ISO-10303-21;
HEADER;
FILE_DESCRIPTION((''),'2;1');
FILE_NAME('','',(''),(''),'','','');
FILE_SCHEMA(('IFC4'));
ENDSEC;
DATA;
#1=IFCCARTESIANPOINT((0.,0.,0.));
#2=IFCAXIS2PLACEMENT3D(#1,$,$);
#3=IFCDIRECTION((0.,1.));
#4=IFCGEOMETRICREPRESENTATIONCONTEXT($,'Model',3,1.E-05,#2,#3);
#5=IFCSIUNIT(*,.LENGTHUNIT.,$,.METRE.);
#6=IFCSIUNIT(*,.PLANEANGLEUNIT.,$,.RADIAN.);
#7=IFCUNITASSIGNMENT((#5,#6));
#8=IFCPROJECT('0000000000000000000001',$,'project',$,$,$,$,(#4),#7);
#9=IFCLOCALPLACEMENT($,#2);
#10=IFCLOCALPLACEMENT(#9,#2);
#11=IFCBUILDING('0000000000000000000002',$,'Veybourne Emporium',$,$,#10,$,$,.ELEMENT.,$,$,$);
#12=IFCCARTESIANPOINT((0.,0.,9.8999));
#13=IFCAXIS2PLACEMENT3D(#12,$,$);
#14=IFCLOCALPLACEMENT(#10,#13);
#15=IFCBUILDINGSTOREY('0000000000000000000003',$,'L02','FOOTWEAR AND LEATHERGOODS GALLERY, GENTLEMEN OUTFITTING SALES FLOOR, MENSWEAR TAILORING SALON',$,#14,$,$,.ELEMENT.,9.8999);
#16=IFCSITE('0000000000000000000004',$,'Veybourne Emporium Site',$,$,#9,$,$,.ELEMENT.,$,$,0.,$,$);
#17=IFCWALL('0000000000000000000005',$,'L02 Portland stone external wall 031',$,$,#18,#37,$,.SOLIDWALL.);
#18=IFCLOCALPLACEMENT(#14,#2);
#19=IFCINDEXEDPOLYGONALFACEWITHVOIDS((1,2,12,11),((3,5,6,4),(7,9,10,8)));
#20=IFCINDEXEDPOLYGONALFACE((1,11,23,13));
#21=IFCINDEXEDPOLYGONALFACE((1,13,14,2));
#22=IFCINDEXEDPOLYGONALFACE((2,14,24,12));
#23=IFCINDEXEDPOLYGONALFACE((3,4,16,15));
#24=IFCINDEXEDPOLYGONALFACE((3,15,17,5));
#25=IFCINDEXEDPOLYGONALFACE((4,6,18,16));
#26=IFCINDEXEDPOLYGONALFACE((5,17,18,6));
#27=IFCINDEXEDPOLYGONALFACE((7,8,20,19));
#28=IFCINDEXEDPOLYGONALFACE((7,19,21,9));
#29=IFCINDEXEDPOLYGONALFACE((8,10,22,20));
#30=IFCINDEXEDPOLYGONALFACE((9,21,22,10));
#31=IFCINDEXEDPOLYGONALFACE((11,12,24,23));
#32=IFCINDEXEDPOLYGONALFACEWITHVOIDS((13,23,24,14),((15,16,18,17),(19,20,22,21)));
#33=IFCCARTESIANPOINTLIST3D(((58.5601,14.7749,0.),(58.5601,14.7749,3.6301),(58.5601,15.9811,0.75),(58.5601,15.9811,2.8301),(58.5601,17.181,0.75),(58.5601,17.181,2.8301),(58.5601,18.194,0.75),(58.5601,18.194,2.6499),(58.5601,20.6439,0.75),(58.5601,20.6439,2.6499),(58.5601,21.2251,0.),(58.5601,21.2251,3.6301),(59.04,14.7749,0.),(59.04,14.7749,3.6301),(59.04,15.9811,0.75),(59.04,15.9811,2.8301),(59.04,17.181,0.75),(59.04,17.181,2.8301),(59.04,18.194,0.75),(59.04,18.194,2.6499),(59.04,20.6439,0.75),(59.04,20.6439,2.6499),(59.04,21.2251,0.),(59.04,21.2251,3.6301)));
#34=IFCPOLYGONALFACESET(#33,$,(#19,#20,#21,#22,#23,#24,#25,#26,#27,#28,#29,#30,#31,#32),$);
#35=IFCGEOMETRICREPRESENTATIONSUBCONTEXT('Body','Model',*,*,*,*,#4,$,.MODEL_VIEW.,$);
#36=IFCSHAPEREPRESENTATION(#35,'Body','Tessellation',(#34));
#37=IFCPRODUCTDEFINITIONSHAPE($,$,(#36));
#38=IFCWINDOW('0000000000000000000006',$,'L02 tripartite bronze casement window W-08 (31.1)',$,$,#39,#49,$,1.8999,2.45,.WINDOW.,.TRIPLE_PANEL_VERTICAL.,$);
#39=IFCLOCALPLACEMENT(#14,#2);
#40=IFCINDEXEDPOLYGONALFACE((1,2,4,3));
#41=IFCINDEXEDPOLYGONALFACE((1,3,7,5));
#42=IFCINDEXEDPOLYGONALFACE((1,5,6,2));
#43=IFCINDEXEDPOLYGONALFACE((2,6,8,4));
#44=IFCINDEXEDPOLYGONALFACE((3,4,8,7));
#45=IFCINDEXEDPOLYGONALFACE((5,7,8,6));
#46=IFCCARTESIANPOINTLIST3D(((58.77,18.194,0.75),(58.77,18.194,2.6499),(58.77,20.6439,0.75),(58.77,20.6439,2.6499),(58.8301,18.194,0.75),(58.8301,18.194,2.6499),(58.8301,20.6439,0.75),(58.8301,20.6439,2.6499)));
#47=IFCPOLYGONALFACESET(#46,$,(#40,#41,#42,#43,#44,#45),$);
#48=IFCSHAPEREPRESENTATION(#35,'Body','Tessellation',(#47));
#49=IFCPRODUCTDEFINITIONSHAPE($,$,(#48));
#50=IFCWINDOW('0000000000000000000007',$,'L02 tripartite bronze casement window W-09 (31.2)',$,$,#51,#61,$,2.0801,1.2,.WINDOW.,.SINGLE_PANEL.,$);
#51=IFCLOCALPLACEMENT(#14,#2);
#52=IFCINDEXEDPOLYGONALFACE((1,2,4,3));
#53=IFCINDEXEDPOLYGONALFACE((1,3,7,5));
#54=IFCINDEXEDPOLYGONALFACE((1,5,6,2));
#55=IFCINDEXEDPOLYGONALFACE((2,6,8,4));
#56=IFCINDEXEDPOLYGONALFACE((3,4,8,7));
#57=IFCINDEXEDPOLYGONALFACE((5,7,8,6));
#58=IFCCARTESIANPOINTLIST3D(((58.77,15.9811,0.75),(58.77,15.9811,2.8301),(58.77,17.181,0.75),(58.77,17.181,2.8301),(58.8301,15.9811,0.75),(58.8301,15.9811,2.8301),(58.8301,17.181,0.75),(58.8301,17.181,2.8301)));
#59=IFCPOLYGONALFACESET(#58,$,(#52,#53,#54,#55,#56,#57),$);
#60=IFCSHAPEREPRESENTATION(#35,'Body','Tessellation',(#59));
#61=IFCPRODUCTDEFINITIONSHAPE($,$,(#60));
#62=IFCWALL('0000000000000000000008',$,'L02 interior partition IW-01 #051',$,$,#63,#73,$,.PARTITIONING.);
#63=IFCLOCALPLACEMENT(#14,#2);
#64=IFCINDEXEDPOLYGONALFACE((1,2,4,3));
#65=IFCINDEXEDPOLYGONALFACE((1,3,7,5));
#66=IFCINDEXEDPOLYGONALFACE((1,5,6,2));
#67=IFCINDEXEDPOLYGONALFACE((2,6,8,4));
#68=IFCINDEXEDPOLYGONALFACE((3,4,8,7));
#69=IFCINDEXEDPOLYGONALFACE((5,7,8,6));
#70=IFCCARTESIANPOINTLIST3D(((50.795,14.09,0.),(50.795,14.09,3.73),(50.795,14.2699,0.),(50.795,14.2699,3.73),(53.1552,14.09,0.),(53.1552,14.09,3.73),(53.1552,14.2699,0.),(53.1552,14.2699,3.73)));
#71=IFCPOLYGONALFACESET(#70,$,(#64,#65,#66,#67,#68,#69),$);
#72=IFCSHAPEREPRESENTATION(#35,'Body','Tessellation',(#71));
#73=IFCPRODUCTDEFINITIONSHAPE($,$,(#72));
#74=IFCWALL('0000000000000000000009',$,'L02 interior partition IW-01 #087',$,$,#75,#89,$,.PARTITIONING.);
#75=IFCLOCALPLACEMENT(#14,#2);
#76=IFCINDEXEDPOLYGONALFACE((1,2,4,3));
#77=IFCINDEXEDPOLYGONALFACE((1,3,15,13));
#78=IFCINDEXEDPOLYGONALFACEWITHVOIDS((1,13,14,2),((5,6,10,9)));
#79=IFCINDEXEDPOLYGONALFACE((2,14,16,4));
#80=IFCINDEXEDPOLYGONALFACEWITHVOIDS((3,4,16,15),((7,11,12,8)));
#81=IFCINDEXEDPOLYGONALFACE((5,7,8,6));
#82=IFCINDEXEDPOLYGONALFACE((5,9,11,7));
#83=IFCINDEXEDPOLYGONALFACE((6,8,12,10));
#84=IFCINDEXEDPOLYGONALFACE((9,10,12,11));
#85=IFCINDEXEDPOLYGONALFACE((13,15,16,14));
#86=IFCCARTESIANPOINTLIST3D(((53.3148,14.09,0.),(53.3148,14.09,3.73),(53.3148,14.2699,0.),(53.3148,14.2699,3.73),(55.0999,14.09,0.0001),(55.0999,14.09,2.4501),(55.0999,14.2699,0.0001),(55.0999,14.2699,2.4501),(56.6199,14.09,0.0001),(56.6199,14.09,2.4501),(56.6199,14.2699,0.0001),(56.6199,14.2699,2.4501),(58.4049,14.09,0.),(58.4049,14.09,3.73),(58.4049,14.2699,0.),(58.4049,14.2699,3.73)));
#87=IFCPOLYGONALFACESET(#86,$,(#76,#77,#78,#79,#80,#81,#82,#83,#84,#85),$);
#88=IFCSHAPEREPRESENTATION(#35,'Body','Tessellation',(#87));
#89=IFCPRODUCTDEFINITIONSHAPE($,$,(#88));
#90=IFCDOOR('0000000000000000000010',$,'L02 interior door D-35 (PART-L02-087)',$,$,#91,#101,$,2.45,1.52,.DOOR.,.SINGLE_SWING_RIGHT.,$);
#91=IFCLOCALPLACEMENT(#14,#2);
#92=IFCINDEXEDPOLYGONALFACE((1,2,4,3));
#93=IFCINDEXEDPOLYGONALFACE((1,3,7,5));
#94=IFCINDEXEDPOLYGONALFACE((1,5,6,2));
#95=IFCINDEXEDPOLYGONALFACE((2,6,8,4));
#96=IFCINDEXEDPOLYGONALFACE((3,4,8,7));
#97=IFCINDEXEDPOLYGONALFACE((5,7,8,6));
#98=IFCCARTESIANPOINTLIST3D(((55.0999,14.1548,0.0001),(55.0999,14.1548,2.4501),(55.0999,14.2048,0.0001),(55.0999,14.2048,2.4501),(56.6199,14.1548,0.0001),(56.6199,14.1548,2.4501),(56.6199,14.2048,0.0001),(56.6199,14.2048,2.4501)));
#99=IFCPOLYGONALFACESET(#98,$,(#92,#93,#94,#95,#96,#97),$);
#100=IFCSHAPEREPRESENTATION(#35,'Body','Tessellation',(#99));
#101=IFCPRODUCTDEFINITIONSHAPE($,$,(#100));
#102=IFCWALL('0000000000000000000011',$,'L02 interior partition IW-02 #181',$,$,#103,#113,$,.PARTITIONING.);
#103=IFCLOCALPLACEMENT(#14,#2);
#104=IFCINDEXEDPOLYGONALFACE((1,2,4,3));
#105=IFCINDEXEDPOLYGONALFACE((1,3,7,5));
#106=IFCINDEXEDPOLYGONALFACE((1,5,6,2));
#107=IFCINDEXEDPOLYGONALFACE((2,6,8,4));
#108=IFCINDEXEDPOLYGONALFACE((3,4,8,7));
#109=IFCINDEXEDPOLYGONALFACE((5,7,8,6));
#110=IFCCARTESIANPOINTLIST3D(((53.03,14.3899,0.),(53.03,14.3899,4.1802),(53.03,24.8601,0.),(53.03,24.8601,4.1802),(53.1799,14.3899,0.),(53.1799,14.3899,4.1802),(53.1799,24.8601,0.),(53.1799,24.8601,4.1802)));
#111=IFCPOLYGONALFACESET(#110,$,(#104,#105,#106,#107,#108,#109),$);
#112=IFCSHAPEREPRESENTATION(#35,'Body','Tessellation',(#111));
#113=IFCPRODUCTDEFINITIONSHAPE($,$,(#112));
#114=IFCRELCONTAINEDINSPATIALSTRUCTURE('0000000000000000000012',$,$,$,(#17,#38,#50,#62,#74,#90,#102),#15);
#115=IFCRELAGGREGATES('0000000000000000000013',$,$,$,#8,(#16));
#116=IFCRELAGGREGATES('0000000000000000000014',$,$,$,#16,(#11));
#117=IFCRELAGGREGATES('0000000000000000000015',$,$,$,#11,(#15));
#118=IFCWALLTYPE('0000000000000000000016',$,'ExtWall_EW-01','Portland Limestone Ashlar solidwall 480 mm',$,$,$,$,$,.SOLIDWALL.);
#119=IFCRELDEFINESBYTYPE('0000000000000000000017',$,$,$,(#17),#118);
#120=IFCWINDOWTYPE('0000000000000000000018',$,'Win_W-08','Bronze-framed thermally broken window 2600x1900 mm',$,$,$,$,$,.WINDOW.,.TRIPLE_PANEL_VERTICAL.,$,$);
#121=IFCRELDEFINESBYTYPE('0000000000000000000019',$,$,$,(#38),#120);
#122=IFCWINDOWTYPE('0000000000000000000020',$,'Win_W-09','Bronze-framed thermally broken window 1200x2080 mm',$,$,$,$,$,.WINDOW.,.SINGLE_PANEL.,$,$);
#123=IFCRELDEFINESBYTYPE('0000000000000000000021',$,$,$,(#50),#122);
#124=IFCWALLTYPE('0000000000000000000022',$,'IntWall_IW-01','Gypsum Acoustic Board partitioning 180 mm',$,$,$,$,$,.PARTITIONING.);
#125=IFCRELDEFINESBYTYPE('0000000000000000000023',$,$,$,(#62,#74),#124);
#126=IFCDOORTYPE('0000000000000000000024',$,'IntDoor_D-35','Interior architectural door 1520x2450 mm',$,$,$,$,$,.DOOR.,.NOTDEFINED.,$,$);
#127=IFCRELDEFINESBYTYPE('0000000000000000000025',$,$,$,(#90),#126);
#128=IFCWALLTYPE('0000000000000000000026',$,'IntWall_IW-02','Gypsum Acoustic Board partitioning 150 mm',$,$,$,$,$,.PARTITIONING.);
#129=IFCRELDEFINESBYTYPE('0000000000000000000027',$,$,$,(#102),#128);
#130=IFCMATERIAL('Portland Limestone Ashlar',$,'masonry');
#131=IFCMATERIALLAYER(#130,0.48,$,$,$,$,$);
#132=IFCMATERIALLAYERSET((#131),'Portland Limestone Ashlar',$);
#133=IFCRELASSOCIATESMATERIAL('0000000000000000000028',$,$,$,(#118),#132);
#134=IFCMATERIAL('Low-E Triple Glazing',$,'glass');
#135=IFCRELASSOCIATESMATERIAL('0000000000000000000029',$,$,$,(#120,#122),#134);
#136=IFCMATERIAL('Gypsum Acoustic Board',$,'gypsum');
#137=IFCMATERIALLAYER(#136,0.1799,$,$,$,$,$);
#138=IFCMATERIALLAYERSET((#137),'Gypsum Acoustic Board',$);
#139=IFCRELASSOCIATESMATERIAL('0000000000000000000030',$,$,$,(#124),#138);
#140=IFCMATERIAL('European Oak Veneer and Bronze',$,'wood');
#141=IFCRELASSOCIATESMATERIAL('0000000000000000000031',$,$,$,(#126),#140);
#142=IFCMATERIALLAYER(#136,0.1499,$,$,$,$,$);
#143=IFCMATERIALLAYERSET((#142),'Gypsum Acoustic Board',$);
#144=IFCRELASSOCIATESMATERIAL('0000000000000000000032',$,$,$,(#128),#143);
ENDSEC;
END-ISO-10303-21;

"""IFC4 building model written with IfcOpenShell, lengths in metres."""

from ifc_helpers import new_model, si_unit, direction, frame, frame_2d, origin, place, context, subcontext, project, spatial, rectangle, extrude, material, layer, layer_set, type_object, element, fill, save


model = new_model("IFC4")

# Units and contexts
model_context = context("Model", 3, precision=1e-05, world=origin(), true_north=direction((0.0, 1.0)))
body_context = subcontext(model_context, "Body", "Model", "MODEL_VIEW")
ifc_project = project(units=[si_unit("LENGTHUNIT", "METRE"), si_unit("PLANEANGLEUNIT", "RADIAN")], contexts=[model_context])

# Site, building, storey
site_placement = place(None, origin())
site = spatial("IfcSite", under=ifc_project, at=site_placement, Name="Veybourne Emporium Site", CompositionType="ELEMENT", RefElevation=0.0)
building_placement = place(site_placement, origin())
building = spatial("IfcBuilding", under=site, at=building_placement, Name="Veybourne Emporium", CompositionType="ELEMENT")
storey_placement = place(building_placement, frame((0.0, 0.0, 9.8999)))
storey = spatial("IfcBuildingStorey", under=building, at=storey_placement, Name="L02", Description="FOOTWEAR AND LEATHERGOODS GALLERY, GENTLEMEN OUTFITTING SALES FLOOR, MENSWEAR TAILORING SALON", CompositionType="ELEMENT", Elevation=9.8999)

# Wall, openings, windows
ifc_material_1 = material(Name="Portland Limestone Ashlar", Category="masonry")
ifc_layer_1 = layer(ifc_material_1, 0.48)
ifc_layer_set_1 = layer_set([ifc_layer_1], Name="Portland Limestone Ashlar")
wall_type_1 = type_object("IfcWallType", Name="ExtWall_EW-01", Description="Portland Limestone Ashlar solidwall 480 mm", PredefinedType="SOLIDWALL", material=ifc_layer_set_1)
wall_1_placement = place(storey_placement, frame((58.8, 21.2251, 0.0), z_axis=(0.0, 0.0, 1.0), x_axis=(0.0, -1.0, 0.0)))
wall_1 = element("IfcWall", 1, at=wall_1_placement, inside=storey, type_object=wall_type_1, Name="L02 Portland stone external wall 031", PredefinedType="SOLIDWALL", context=body_context, shape_type="SweptSolid", body=[
    extrude(rectangle(XDim=6.4502, YDim=0.48, at=frame_2d((3.2251, 0.0))), origin(), (0.0, 0.0, 1.0), 3.6301),
])
opening_1_placement = place(wall_1_placement, frame((0.5811, 0.0, 0.75)))
opening_1 = element("IfcOpeningElement", 2, at=opening_1_placement, cuts=wall_1, PredefinedType="OPENING", context=body_context, shape_type="SweptSolid", body=[
    extrude(rectangle(XDim=2.45, YDim=1.8999, at=frame_2d((1.2251, 0.95))), frame((0.0, 0.26, 0.0), z_axis=(0.0, -1.0, 0.0), x_axis=(1.0, 0.0, 0.0)), (0.0, 0.0, 1.0), 0.52),
])
opening_2_placement = place(wall_1_placement, frame((4.0439, 0.0, 0.75)))
opening_2 = element("IfcOpeningElement", 3, at=opening_2_placement, cuts=wall_1, PredefinedType="OPENING", context=body_context, shape_type="SweptSolid", body=[
    extrude(rectangle(XDim=1.2, YDim=2.0801, at=frame_2d((0.6001, 1.04))), frame((0.0, 0.26, 0.0), z_axis=(0.0, -1.0, 0.0), x_axis=(1.0, 0.0, 0.0)), (0.0, 0.0, 1.0), 0.52),
])
ifc_material_2 = material(Name="Low-E Triple Glazing", Category="glass")
window_type_1 = type_object("IfcWindowType", Name="Win_W-08", Description="Bronze-framed thermally broken window 2600x1900 mm", PartitioningType="TRIPLE_PANEL_VERTICAL", PredefinedType="WINDOW", material=ifc_material_2)
window_1_placement = place(opening_1_placement, origin())
window_1 = element("IfcWindow", 4, at=window_1_placement, inside=storey, type_object=window_type_1, Name="L02 tripartite bronze casement window W-08 (31.1)", OverallHeight=1.8999, OverallWidth=2.45, PartitioningType="TRIPLE_PANEL_VERTICAL", PredefinedType="WINDOW", context=body_context, shape_type="SweptSolid", body=[
    extrude(rectangle(XDim=2.45, YDim=1.8999, at=frame_2d((1.2251, 0.95))), frame((0.0, 0.03, 0.0), z_axis=(0.0, -1.0, 0.0), x_axis=(1.0, 0.0, 0.0)), (0.0, 0.0, 1.0), 0.0601),
])
fill(opening_1, window_1)
window_type_2 = type_object("IfcWindowType", Name="Win_W-09", Description="Bronze-framed thermally broken window 1200x2080 mm", PartitioningType="SINGLE_PANEL", PredefinedType="WINDOW", material=ifc_material_2)
window_2_placement = place(opening_2_placement, origin())
window_2 = element("IfcWindow", 5, at=window_2_placement, inside=storey, type_object=window_type_2, Name="L02 tripartite bronze casement window W-09 (31.2)", OverallHeight=2.0801, OverallWidth=1.2, PartitioningType="SINGLE_PANEL", PredefinedType="WINDOW", context=body_context, shape_type="SweptSolid", body=[
    extrude(rectangle(XDim=1.2, YDim=2.0801, at=frame_2d((0.6001, 1.04))), frame((0.0, 0.03, 0.0), z_axis=(0.0, -1.0, 0.0), x_axis=(1.0, 0.0, 0.0)), (0.0, 0.0, 1.0), 0.0601),
])
fill(opening_2, window_2)

# Wall
ifc_material_3 = material(Name="Gypsum Acoustic Board", Category="gypsum")
ifc_layer_2 = layer(ifc_material_3, 0.1799)
ifc_layer_set_2 = layer_set([ifc_layer_2], Name="Gypsum Acoustic Board")
wall_type_2 = type_object("IfcWallType", Name="IntWall_IW-01", Description="Gypsum Acoustic Board partitioning 180 mm", PredefinedType="PARTITIONING", material=ifc_layer_set_2)
wall_2_placement = place(storey_placement, frame((50.7949, 14.1799, 0.0), z_axis=(0.0, 0.0, 1.0), x_axis=(1.0, 0.0, 0.0)))
element("IfcWall", 6, at=wall_2_placement, inside=storey, type_object=wall_type_2, Name="L02 interior partition IW-01 #051", PredefinedType="PARTITIONING", context=body_context, shape_type="SweptSolid", body=[
    extrude(rectangle(XDim=2.3601, YDim=0.1799, at=frame_2d((1.1802, 0.0))), origin(), (0.0, 0.0, 1.0), 3.73),
])

# Wall, opening, door
wall_3_placement = place(storey_placement, frame((53.3149, 14.1799, 0.0), z_axis=(0.0, 0.0, 1.0), x_axis=(1.0, 0.0, 0.0)))
wall_3 = element("IfcWall", 7, at=wall_3_placement, inside=storey, type_object=wall_type_2, Name="L02 interior partition IW-01 #087", PredefinedType="PARTITIONING", context=body_context, shape_type="SweptSolid", body=[
    extrude(rectangle(XDim=5.0901, YDim=0.1799, at=frame_2d((2.5449, 0.0))), origin(), (0.0, 0.0, 1.0), 3.73),
])
opening_3_placement = place(wall_3_placement, frame((1.7849, 0.0, 0.0)))
opening_3 = element("IfcOpeningElement", 8, at=opening_3_placement, cuts=wall_3, PredefinedType="OPENING", context=body_context, shape_type="SweptSolid", body=[
    extrude(rectangle(XDim=1.52, YDim=2.45, at=frame_2d((0.76, 1.2251))), frame((0.0, 0.1099, 0.0), z_axis=(0.0, -1.0, 0.0), x_axis=(1.0, 0.0, 0.0)), (0.0, 0.0, 1.0), 0.22),
])
ifc_material_4 = material(Name="European Oak Veneer and Bronze", Category="wood")
door_type = type_object("IfcDoorType", Name="IntDoor_D-35", Description="Interior architectural door 1520x2450 mm", OperationType="NOTDEFINED", PredefinedType="DOOR", material=ifc_material_4)
door_placement = place(opening_3_placement, origin())
door = element("IfcDoor", 9, at=door_placement, inside=storey, type_object=door_type, Name="L02 interior door D-35 (PART-L02-087)", OperationType="SINGLE_SWING_RIGHT", OverallHeight=2.45, OverallWidth=1.52, PredefinedType="DOOR", context=body_context, shape_type="SweptSolid", body=[
    extrude(rectangle(XDim=1.52, YDim=2.45, at=frame_2d((0.76, 1.2251))), frame((0.0, 0.0249, 0.0), z_axis=(0.0, -1.0, 0.0), x_axis=(1.0, 0.0, 0.0)), (0.0, 0.0, 1.0), 0.05),
])
fill(opening_3, door)

# Wall
ifc_layer_3 = layer(ifc_material_3, 0.1499)
ifc_layer_set_3 = layer_set([ifc_layer_3], Name="Gypsum Acoustic Board")
wall_type_3 = type_object("IfcWallType", Name="IntWall_IW-02", Description="Gypsum Acoustic Board partitioning 150 mm", PredefinedType="PARTITIONING", material=ifc_layer_set_3)
wall_4_placement = place(storey_placement, frame((53.105, 14.3899, 0.0), z_axis=(0.0, 0.0, 1.0), x_axis=(0.0, 1.0, 0.0)))
element("IfcWall", 10, at=wall_4_placement, inside=storey, type_object=wall_type_3, Name="L02 interior partition IW-02 #181", PredefinedType="PARTITIONING", context=body_context, shape_type="SweptSolid", body=[
    extrude(rectangle(XDim=10.4702, YDim=0.1499, at=frame_2d((5.2351, 0.0))), origin(), (0.0, 0.0, 1.0), 4.1802),
])

save(model, "model.ifc")
